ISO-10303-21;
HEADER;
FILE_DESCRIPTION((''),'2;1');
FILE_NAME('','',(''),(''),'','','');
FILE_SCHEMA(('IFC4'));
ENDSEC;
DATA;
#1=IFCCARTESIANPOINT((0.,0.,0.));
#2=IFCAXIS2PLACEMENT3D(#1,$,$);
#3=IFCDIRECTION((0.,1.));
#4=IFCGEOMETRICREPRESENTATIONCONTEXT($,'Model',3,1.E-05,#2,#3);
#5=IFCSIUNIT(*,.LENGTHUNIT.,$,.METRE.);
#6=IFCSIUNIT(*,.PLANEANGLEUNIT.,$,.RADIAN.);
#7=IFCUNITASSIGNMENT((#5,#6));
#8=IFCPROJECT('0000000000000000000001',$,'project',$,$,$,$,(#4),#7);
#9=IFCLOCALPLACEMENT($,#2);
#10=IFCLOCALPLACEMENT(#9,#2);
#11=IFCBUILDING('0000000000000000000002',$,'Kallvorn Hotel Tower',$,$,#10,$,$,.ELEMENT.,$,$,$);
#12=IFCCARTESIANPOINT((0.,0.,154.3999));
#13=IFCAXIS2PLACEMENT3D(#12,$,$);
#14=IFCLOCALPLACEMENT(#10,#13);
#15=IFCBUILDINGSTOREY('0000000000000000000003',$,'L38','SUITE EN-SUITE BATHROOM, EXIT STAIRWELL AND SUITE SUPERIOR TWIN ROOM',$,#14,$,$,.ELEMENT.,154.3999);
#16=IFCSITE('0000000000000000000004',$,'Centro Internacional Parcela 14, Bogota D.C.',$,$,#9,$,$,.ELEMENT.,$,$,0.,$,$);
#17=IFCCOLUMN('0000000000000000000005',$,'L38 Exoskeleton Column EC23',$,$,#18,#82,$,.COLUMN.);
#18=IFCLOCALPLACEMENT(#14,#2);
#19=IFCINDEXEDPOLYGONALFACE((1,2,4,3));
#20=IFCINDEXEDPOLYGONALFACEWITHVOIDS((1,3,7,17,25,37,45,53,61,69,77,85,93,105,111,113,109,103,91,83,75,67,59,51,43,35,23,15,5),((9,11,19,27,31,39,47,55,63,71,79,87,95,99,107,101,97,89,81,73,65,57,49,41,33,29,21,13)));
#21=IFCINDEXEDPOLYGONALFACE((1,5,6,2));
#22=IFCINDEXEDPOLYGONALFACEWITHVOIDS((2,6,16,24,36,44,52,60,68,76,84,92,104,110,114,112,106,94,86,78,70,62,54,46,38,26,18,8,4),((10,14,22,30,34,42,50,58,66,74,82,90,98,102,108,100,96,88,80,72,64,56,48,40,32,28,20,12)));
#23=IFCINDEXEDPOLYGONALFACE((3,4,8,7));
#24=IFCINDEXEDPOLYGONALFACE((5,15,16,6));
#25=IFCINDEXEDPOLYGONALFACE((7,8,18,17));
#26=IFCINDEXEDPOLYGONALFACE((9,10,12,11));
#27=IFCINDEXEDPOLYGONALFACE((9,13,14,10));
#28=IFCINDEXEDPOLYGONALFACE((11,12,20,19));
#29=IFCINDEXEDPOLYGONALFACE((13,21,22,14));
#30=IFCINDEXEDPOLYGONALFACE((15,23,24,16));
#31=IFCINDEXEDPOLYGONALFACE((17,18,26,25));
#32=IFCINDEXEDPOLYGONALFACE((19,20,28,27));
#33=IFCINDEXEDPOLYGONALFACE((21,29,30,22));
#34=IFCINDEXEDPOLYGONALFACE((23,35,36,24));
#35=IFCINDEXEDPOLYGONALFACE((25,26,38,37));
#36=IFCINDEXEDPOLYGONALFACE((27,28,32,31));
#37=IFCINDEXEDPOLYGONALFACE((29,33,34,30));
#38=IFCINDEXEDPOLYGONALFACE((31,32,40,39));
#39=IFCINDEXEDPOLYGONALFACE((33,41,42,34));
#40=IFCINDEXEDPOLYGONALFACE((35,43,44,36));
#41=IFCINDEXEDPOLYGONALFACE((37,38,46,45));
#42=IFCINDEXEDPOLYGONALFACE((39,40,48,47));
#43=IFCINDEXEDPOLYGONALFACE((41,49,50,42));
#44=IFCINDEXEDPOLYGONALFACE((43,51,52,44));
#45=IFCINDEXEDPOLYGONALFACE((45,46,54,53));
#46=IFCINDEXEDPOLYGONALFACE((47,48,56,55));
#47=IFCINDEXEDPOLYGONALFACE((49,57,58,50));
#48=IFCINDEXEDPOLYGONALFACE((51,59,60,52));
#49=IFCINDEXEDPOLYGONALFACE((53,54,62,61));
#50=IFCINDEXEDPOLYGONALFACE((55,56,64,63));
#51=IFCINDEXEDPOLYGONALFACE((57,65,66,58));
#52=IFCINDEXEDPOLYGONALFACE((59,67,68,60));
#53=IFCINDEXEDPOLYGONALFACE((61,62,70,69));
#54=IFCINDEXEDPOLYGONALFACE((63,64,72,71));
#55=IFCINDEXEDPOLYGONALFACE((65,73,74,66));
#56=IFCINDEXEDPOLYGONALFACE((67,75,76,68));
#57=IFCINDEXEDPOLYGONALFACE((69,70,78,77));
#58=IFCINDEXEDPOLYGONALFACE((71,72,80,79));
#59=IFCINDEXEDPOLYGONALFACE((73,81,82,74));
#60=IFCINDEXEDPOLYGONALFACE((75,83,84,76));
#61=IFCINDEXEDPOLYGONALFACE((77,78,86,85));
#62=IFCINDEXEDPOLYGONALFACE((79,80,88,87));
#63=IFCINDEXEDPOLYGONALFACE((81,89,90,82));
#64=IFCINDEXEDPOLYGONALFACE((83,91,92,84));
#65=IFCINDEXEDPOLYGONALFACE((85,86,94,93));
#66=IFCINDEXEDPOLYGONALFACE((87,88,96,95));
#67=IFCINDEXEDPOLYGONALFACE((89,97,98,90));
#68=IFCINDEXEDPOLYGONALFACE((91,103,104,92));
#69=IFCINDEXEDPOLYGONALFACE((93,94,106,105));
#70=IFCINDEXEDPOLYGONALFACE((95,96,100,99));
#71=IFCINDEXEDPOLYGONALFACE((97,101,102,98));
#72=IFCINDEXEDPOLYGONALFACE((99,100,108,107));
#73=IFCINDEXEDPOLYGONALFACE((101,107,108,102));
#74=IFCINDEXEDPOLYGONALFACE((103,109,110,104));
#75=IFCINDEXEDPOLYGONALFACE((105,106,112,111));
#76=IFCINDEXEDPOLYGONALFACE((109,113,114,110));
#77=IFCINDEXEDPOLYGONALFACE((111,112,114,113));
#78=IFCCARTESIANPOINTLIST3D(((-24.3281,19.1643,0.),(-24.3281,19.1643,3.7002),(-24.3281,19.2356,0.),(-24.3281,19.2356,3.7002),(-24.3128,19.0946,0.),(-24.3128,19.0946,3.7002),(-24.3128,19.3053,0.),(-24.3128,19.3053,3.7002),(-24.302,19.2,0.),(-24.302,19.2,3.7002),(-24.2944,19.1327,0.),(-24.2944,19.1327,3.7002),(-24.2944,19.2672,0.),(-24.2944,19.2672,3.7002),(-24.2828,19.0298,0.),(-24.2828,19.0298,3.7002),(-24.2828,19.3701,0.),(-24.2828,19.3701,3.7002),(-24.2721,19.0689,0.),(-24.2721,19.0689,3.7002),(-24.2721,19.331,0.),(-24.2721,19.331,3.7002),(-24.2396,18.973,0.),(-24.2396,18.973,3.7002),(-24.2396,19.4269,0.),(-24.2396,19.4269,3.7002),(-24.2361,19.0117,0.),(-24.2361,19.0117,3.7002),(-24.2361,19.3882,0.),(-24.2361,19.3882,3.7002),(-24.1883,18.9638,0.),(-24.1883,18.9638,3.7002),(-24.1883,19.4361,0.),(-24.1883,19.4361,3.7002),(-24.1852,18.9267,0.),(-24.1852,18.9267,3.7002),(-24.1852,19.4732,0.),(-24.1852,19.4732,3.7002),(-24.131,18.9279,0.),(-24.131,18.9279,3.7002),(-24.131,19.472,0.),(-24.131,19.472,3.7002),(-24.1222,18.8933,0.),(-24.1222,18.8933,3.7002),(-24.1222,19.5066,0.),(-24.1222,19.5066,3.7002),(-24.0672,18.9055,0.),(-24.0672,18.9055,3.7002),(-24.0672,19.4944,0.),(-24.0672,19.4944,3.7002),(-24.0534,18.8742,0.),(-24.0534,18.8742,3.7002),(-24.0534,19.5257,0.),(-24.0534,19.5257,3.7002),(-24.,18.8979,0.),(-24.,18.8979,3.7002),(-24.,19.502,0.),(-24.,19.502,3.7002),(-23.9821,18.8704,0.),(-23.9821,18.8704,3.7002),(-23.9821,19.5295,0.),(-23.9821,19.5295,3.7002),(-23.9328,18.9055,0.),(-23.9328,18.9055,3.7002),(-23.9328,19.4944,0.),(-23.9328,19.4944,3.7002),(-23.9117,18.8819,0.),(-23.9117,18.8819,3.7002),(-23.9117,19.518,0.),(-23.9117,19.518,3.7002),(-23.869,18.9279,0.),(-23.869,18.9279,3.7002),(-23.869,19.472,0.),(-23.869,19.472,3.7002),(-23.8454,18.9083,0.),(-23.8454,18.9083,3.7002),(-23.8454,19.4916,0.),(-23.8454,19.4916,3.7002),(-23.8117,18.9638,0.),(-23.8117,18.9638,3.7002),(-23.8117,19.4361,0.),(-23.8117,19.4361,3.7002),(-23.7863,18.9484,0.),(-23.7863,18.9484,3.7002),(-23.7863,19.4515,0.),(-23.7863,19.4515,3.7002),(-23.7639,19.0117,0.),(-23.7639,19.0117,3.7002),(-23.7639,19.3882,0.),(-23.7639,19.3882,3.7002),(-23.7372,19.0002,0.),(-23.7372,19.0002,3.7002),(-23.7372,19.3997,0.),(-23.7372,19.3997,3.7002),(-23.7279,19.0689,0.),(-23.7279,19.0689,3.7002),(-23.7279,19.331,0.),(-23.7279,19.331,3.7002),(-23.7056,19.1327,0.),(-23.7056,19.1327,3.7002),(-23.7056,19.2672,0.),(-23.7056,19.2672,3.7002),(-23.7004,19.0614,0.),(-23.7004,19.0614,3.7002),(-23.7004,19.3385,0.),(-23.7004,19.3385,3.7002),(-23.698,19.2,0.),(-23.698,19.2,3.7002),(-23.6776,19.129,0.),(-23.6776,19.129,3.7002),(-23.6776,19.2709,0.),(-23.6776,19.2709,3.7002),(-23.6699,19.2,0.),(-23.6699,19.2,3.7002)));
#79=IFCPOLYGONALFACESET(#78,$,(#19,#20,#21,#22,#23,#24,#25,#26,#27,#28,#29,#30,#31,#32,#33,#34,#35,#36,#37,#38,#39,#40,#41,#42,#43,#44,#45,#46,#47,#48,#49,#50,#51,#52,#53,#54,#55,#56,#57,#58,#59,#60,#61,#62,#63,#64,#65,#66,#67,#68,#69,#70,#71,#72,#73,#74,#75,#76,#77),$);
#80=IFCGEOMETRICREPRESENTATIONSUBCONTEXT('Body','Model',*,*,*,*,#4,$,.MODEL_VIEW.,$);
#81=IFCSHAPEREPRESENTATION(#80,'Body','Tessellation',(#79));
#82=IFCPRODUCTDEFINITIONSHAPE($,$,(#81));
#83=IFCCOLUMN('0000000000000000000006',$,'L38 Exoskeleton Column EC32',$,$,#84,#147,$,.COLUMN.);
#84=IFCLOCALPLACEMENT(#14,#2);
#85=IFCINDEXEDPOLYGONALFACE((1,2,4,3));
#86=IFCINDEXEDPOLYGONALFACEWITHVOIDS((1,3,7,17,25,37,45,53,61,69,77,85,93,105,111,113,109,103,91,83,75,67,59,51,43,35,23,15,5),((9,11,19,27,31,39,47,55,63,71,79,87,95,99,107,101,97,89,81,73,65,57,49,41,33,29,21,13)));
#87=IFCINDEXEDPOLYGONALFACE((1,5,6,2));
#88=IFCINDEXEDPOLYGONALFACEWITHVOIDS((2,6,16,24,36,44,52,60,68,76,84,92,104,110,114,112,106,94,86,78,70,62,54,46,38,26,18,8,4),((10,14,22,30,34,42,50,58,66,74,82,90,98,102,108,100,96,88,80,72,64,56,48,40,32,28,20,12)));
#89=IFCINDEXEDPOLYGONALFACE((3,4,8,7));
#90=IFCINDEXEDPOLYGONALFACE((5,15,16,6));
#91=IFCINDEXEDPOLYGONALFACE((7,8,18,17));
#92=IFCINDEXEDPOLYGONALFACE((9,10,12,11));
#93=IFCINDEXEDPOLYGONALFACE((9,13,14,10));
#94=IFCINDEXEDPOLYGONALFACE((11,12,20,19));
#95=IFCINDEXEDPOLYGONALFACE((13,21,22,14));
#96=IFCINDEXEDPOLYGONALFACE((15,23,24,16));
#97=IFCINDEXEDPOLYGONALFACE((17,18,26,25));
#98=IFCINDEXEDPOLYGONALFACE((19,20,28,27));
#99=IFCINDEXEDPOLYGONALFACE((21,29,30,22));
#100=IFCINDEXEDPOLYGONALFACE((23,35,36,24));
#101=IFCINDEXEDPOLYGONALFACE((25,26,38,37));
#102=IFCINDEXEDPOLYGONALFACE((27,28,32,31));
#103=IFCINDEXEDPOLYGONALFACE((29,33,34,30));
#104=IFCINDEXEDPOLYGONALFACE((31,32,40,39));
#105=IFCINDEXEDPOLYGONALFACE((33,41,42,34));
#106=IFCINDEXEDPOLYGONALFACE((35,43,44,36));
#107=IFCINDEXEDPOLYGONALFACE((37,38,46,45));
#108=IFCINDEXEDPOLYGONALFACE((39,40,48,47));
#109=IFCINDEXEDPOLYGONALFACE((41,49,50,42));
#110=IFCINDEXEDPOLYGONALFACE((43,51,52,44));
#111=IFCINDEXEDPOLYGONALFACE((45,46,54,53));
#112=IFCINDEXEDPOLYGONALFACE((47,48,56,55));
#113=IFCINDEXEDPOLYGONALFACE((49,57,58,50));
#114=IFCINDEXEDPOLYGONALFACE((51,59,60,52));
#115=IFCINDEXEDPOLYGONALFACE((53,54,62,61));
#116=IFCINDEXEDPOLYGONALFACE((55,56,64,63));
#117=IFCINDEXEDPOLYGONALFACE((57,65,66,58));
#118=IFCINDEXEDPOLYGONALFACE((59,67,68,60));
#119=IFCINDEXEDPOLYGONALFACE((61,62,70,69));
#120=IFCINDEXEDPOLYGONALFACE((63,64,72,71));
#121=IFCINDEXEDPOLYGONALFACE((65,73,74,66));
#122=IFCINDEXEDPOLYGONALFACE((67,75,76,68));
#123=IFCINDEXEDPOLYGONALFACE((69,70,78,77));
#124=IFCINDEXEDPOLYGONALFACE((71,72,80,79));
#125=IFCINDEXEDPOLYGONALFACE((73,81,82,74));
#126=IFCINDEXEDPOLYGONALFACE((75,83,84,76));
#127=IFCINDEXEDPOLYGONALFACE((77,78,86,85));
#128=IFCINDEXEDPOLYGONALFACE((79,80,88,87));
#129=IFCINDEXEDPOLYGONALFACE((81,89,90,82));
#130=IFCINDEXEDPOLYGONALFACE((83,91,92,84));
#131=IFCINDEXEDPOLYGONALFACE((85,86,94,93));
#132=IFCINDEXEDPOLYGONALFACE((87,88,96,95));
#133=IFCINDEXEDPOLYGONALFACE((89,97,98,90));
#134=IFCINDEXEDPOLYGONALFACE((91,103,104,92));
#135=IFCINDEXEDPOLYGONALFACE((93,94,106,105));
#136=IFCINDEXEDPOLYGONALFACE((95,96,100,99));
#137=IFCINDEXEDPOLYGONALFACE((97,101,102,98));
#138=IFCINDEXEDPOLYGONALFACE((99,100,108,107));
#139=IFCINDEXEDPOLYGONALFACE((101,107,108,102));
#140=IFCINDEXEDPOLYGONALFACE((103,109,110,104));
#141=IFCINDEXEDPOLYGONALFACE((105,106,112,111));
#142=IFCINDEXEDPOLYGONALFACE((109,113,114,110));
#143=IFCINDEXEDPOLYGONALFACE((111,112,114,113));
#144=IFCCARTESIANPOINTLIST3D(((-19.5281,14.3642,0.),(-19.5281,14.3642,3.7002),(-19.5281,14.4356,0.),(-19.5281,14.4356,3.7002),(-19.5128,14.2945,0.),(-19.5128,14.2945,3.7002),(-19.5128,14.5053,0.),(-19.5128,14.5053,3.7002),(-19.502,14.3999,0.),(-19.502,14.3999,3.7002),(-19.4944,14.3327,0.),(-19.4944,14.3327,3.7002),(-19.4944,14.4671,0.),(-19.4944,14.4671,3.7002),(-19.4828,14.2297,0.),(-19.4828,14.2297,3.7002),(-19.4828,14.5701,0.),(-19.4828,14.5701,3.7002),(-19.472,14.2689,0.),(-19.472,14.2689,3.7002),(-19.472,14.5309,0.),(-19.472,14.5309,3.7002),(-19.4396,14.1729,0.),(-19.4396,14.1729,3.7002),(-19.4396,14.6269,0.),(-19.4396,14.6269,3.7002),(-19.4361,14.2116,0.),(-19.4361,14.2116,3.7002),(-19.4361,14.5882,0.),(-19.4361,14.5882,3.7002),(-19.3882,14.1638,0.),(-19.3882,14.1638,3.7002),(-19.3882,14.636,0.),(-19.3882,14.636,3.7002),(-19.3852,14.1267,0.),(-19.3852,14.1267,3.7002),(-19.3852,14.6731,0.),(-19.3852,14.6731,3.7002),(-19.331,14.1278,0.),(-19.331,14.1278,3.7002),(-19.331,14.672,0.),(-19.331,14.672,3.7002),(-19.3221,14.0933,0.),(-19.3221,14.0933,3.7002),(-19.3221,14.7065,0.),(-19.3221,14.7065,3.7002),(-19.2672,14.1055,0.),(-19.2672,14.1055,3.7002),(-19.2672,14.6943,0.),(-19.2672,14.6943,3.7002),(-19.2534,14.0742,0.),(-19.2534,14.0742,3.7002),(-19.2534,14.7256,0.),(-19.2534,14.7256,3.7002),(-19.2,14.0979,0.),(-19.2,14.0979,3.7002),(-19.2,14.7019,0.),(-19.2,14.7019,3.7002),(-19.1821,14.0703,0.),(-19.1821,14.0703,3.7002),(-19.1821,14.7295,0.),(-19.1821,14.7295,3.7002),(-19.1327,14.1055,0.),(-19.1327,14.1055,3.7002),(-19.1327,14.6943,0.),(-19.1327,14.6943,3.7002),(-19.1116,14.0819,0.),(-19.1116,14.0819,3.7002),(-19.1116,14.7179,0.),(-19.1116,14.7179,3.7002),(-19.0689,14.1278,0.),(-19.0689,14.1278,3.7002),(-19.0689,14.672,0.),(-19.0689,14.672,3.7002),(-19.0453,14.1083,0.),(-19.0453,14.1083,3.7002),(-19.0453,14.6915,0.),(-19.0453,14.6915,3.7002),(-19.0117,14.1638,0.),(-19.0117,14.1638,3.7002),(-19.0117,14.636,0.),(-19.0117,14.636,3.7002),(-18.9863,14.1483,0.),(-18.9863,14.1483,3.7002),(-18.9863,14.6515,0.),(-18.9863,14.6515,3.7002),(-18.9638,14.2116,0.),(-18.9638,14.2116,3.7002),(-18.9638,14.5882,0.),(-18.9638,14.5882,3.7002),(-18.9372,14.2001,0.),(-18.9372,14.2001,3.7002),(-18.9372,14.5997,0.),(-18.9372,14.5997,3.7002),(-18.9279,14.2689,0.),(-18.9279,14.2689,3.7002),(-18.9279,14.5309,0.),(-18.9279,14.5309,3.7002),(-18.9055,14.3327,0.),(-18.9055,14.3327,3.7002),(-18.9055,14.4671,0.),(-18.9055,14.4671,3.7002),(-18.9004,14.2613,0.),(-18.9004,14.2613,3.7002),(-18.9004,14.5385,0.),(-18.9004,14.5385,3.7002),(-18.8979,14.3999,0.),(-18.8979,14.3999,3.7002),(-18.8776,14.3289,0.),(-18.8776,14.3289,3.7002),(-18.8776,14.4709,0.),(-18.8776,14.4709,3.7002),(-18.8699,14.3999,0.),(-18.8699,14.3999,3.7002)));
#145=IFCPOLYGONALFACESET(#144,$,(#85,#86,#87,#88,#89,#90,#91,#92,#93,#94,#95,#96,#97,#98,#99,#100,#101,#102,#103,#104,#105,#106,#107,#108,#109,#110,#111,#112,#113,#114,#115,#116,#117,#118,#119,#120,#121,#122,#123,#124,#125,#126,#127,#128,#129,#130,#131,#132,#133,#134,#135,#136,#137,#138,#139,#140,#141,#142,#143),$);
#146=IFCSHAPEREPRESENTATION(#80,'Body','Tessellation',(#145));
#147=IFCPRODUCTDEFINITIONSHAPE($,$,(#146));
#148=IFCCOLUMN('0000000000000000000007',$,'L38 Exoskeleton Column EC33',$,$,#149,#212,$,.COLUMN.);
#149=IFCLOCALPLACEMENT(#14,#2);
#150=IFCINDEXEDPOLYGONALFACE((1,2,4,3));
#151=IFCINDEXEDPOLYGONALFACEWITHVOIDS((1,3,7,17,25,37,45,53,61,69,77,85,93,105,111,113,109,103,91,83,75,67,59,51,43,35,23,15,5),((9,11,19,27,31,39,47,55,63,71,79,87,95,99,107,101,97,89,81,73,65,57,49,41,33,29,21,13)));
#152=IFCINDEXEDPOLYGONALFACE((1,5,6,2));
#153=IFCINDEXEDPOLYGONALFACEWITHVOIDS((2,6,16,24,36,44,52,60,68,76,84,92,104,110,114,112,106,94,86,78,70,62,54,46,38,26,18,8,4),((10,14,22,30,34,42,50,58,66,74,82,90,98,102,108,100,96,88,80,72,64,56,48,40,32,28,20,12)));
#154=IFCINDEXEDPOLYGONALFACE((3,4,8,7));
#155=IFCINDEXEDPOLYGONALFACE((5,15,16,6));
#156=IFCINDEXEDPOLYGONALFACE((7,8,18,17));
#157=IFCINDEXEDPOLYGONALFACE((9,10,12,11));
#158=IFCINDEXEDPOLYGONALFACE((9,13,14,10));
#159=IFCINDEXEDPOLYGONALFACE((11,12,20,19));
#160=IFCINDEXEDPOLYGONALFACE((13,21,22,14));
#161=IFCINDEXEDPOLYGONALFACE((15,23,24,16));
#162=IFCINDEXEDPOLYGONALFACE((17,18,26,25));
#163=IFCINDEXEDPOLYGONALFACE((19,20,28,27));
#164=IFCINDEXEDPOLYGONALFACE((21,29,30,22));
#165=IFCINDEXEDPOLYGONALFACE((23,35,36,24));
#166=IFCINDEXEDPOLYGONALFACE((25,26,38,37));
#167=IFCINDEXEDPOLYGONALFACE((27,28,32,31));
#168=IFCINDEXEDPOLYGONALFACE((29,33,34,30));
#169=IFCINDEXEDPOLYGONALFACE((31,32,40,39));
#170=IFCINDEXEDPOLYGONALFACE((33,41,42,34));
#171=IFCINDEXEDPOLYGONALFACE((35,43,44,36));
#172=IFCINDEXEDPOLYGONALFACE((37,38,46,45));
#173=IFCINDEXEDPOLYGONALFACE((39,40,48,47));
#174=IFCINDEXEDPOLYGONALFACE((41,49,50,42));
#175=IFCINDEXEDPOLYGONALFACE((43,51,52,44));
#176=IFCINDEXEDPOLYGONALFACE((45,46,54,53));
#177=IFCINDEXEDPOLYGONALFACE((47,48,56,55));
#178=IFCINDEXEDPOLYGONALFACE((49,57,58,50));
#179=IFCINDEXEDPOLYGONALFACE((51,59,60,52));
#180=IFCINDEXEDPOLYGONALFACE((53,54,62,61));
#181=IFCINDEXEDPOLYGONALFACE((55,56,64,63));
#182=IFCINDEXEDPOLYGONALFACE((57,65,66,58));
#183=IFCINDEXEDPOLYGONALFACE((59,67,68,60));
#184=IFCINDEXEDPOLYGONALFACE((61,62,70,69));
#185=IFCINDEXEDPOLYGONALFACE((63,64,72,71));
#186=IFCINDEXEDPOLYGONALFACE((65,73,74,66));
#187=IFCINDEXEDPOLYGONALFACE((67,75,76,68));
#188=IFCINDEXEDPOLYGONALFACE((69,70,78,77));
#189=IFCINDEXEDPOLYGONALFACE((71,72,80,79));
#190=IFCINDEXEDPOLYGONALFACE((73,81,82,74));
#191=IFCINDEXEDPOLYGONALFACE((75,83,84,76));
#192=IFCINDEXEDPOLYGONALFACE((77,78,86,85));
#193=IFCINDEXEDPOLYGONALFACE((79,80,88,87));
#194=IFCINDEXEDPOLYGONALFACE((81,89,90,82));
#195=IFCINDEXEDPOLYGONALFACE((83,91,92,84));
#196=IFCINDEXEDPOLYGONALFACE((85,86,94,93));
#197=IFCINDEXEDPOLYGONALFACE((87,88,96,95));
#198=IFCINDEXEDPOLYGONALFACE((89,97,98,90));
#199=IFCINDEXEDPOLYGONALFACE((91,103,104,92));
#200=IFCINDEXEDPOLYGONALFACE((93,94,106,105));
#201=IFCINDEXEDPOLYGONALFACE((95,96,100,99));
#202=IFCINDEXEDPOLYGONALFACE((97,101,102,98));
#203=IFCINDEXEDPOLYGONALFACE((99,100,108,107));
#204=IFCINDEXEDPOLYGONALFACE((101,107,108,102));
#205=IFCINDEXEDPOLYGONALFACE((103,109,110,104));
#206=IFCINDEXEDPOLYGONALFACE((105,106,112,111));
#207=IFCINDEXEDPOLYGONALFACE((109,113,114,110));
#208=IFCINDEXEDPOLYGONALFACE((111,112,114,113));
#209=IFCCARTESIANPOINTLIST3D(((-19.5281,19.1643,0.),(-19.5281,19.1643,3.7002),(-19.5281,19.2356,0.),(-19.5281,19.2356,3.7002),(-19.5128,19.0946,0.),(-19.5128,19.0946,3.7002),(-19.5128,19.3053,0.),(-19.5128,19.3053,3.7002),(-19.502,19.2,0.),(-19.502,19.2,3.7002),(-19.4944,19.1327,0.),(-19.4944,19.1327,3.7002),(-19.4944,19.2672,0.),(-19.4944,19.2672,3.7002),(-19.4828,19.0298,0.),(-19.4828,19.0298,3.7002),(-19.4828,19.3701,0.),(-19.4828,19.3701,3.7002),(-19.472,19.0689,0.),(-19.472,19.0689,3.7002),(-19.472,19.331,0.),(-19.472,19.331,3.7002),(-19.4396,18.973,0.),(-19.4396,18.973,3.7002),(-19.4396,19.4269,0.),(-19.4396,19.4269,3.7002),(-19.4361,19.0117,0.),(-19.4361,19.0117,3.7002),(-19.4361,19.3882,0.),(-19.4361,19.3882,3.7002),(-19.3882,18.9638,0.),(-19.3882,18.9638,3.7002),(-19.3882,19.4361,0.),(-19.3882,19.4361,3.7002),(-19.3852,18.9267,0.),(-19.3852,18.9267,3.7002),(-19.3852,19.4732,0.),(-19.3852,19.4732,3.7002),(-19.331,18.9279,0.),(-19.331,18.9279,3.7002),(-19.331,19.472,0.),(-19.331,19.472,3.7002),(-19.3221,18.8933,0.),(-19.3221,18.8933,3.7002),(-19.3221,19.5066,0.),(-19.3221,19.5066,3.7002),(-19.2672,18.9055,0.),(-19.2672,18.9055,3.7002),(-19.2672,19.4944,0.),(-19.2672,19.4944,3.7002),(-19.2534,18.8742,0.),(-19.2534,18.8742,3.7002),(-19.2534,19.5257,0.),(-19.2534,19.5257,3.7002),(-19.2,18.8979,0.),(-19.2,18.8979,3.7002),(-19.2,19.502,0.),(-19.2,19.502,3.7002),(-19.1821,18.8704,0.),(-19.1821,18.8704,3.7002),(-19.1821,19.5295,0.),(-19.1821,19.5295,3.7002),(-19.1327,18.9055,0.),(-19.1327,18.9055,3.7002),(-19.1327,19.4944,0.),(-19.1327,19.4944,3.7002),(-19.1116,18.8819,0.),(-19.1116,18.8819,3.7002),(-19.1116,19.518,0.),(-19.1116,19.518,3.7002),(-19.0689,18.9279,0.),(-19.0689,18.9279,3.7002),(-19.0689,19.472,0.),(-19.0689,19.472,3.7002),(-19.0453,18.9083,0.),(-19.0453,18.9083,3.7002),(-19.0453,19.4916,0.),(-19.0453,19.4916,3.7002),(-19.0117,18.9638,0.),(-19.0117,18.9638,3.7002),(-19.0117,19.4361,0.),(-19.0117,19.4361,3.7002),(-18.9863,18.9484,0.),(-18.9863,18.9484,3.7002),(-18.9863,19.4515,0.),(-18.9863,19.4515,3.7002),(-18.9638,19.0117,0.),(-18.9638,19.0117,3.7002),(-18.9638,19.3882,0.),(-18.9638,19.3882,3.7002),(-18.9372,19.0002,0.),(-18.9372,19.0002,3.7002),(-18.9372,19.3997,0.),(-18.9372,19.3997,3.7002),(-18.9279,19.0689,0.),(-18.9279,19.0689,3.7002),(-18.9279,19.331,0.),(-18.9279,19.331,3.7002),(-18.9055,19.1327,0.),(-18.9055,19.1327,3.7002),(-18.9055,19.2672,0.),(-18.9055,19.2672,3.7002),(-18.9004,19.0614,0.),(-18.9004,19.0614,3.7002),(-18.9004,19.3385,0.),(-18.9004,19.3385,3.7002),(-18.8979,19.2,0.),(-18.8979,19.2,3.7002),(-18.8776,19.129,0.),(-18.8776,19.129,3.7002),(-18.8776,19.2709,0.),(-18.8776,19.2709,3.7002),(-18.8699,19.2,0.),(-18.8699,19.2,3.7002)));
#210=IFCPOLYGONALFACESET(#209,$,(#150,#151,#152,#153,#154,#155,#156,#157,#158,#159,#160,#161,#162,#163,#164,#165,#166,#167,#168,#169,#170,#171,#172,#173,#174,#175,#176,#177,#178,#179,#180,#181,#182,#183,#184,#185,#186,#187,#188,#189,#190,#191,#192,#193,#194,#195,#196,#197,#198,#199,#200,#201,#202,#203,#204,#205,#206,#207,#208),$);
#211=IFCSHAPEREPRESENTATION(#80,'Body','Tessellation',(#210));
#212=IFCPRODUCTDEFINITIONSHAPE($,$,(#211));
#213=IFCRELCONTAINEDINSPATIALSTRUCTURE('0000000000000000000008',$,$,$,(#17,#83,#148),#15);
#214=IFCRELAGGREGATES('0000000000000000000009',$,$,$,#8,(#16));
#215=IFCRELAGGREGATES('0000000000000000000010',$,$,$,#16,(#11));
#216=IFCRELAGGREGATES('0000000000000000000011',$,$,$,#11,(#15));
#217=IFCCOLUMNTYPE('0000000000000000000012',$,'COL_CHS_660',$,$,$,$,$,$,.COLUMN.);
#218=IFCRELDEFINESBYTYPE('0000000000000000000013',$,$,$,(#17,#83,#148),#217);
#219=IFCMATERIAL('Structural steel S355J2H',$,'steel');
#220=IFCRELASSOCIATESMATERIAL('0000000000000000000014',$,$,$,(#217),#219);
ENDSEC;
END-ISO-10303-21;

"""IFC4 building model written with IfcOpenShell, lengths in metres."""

from ifc_helpers import new_model, si_unit, direction, frame, origin, origin_2d, place, context, subcontext, project, spatial, hollow_circle, extrude, material, material_profile, profile_set, type_object, element, save


model = new_model("IFC4")

# Units and contexts
model_context = context("Model", 3, precision=1e-05, world=origin(), true_north=direction((0.0, 1.0)))
body_context = subcontext(model_context, "Body", "Model", "MODEL_VIEW")
ifc_project = project(units=[si_unit("LENGTHUNIT", "METRE"), si_unit("PLANEANGLEUNIT", "RADIAN")], contexts=[model_context])

# Site, building, storey
site_placement = place(None, origin())
site = spatial("IfcSite", under=ifc_project, at=site_placement, Name="Centro Internacional Parcela 14, Bogota D.C.", CompositionType="ELEMENT", RefElevation=0.0)
building_placement = place(site_placement, origin())
building = spatial("IfcBuilding", under=site, at=building_placement, Name="Kallvorn Hotel Tower", CompositionType="ELEMENT")
storey_placement = place(building_placement, frame((0.0, 0.0, 154.3999)))
storey = spatial("IfcBuildingStorey", under=building, at=storey_placement, Name="L38", Description="SUITE EN-SUITE BATHROOM, EXIT STAIRWELL AND SUITE SUPERIOR TWIN ROOM", CompositionType="ELEMENT", Elevation=154.3999)

# Columns
ifc_material_1 = material(Name="Structural steel S355J2H", Category="steel")
ifc_material_profile_1 = material_profile(ifc_material_1, hollow_circle(Radius=0.3301, WallThickness=0.0281, at=origin_2d()), Name="CHS 660x28")
ifc_profile_set_1 = profile_set([ifc_material_profile_1], Name="Structural steel S355J2H")
column_type_1 = type_object("IfcColumnType", Name="COL_CHS_660", PredefinedType="COLUMN", material=ifc_profile_set_1)
for number, where, z_axis, x_axis, name in (
    (1, (-24.0, 19.2, 0.0), (0.0, 0.0, 1.0), (1.0, 0.0, 0.0), "L38 Exoskeleton Column EC23"),
    (2, (-19.2, 14.3999, 0.0), (0.0, 0.0, 1.0), (1.0, 0.0, 0.0), "L38 Exoskeleton Column EC32"),
    (3, (-19.2, 19.2, 0.0), (0.0, 0.0, 1.0), (1.0, 0.0, 0.0), "L38 Exoskeleton Column EC33"),
):
    element("IfcColumn", number, at=place(storey_placement, frame(where, z_axis=z_axis, x_axis=x_axis)), inside=storey, type_object=column_type_1, Name=name, PredefinedType="COLUMN", context=body_context, shape_type="SweptSolid", body=[
        extrude(hollow_circle(Radius=0.3301, WallThickness=0.0281, at=origin_2d()), origin(), (0.0, 0.0, 1.0), 3.7002),
    ])

save(model, "model.ifc")
